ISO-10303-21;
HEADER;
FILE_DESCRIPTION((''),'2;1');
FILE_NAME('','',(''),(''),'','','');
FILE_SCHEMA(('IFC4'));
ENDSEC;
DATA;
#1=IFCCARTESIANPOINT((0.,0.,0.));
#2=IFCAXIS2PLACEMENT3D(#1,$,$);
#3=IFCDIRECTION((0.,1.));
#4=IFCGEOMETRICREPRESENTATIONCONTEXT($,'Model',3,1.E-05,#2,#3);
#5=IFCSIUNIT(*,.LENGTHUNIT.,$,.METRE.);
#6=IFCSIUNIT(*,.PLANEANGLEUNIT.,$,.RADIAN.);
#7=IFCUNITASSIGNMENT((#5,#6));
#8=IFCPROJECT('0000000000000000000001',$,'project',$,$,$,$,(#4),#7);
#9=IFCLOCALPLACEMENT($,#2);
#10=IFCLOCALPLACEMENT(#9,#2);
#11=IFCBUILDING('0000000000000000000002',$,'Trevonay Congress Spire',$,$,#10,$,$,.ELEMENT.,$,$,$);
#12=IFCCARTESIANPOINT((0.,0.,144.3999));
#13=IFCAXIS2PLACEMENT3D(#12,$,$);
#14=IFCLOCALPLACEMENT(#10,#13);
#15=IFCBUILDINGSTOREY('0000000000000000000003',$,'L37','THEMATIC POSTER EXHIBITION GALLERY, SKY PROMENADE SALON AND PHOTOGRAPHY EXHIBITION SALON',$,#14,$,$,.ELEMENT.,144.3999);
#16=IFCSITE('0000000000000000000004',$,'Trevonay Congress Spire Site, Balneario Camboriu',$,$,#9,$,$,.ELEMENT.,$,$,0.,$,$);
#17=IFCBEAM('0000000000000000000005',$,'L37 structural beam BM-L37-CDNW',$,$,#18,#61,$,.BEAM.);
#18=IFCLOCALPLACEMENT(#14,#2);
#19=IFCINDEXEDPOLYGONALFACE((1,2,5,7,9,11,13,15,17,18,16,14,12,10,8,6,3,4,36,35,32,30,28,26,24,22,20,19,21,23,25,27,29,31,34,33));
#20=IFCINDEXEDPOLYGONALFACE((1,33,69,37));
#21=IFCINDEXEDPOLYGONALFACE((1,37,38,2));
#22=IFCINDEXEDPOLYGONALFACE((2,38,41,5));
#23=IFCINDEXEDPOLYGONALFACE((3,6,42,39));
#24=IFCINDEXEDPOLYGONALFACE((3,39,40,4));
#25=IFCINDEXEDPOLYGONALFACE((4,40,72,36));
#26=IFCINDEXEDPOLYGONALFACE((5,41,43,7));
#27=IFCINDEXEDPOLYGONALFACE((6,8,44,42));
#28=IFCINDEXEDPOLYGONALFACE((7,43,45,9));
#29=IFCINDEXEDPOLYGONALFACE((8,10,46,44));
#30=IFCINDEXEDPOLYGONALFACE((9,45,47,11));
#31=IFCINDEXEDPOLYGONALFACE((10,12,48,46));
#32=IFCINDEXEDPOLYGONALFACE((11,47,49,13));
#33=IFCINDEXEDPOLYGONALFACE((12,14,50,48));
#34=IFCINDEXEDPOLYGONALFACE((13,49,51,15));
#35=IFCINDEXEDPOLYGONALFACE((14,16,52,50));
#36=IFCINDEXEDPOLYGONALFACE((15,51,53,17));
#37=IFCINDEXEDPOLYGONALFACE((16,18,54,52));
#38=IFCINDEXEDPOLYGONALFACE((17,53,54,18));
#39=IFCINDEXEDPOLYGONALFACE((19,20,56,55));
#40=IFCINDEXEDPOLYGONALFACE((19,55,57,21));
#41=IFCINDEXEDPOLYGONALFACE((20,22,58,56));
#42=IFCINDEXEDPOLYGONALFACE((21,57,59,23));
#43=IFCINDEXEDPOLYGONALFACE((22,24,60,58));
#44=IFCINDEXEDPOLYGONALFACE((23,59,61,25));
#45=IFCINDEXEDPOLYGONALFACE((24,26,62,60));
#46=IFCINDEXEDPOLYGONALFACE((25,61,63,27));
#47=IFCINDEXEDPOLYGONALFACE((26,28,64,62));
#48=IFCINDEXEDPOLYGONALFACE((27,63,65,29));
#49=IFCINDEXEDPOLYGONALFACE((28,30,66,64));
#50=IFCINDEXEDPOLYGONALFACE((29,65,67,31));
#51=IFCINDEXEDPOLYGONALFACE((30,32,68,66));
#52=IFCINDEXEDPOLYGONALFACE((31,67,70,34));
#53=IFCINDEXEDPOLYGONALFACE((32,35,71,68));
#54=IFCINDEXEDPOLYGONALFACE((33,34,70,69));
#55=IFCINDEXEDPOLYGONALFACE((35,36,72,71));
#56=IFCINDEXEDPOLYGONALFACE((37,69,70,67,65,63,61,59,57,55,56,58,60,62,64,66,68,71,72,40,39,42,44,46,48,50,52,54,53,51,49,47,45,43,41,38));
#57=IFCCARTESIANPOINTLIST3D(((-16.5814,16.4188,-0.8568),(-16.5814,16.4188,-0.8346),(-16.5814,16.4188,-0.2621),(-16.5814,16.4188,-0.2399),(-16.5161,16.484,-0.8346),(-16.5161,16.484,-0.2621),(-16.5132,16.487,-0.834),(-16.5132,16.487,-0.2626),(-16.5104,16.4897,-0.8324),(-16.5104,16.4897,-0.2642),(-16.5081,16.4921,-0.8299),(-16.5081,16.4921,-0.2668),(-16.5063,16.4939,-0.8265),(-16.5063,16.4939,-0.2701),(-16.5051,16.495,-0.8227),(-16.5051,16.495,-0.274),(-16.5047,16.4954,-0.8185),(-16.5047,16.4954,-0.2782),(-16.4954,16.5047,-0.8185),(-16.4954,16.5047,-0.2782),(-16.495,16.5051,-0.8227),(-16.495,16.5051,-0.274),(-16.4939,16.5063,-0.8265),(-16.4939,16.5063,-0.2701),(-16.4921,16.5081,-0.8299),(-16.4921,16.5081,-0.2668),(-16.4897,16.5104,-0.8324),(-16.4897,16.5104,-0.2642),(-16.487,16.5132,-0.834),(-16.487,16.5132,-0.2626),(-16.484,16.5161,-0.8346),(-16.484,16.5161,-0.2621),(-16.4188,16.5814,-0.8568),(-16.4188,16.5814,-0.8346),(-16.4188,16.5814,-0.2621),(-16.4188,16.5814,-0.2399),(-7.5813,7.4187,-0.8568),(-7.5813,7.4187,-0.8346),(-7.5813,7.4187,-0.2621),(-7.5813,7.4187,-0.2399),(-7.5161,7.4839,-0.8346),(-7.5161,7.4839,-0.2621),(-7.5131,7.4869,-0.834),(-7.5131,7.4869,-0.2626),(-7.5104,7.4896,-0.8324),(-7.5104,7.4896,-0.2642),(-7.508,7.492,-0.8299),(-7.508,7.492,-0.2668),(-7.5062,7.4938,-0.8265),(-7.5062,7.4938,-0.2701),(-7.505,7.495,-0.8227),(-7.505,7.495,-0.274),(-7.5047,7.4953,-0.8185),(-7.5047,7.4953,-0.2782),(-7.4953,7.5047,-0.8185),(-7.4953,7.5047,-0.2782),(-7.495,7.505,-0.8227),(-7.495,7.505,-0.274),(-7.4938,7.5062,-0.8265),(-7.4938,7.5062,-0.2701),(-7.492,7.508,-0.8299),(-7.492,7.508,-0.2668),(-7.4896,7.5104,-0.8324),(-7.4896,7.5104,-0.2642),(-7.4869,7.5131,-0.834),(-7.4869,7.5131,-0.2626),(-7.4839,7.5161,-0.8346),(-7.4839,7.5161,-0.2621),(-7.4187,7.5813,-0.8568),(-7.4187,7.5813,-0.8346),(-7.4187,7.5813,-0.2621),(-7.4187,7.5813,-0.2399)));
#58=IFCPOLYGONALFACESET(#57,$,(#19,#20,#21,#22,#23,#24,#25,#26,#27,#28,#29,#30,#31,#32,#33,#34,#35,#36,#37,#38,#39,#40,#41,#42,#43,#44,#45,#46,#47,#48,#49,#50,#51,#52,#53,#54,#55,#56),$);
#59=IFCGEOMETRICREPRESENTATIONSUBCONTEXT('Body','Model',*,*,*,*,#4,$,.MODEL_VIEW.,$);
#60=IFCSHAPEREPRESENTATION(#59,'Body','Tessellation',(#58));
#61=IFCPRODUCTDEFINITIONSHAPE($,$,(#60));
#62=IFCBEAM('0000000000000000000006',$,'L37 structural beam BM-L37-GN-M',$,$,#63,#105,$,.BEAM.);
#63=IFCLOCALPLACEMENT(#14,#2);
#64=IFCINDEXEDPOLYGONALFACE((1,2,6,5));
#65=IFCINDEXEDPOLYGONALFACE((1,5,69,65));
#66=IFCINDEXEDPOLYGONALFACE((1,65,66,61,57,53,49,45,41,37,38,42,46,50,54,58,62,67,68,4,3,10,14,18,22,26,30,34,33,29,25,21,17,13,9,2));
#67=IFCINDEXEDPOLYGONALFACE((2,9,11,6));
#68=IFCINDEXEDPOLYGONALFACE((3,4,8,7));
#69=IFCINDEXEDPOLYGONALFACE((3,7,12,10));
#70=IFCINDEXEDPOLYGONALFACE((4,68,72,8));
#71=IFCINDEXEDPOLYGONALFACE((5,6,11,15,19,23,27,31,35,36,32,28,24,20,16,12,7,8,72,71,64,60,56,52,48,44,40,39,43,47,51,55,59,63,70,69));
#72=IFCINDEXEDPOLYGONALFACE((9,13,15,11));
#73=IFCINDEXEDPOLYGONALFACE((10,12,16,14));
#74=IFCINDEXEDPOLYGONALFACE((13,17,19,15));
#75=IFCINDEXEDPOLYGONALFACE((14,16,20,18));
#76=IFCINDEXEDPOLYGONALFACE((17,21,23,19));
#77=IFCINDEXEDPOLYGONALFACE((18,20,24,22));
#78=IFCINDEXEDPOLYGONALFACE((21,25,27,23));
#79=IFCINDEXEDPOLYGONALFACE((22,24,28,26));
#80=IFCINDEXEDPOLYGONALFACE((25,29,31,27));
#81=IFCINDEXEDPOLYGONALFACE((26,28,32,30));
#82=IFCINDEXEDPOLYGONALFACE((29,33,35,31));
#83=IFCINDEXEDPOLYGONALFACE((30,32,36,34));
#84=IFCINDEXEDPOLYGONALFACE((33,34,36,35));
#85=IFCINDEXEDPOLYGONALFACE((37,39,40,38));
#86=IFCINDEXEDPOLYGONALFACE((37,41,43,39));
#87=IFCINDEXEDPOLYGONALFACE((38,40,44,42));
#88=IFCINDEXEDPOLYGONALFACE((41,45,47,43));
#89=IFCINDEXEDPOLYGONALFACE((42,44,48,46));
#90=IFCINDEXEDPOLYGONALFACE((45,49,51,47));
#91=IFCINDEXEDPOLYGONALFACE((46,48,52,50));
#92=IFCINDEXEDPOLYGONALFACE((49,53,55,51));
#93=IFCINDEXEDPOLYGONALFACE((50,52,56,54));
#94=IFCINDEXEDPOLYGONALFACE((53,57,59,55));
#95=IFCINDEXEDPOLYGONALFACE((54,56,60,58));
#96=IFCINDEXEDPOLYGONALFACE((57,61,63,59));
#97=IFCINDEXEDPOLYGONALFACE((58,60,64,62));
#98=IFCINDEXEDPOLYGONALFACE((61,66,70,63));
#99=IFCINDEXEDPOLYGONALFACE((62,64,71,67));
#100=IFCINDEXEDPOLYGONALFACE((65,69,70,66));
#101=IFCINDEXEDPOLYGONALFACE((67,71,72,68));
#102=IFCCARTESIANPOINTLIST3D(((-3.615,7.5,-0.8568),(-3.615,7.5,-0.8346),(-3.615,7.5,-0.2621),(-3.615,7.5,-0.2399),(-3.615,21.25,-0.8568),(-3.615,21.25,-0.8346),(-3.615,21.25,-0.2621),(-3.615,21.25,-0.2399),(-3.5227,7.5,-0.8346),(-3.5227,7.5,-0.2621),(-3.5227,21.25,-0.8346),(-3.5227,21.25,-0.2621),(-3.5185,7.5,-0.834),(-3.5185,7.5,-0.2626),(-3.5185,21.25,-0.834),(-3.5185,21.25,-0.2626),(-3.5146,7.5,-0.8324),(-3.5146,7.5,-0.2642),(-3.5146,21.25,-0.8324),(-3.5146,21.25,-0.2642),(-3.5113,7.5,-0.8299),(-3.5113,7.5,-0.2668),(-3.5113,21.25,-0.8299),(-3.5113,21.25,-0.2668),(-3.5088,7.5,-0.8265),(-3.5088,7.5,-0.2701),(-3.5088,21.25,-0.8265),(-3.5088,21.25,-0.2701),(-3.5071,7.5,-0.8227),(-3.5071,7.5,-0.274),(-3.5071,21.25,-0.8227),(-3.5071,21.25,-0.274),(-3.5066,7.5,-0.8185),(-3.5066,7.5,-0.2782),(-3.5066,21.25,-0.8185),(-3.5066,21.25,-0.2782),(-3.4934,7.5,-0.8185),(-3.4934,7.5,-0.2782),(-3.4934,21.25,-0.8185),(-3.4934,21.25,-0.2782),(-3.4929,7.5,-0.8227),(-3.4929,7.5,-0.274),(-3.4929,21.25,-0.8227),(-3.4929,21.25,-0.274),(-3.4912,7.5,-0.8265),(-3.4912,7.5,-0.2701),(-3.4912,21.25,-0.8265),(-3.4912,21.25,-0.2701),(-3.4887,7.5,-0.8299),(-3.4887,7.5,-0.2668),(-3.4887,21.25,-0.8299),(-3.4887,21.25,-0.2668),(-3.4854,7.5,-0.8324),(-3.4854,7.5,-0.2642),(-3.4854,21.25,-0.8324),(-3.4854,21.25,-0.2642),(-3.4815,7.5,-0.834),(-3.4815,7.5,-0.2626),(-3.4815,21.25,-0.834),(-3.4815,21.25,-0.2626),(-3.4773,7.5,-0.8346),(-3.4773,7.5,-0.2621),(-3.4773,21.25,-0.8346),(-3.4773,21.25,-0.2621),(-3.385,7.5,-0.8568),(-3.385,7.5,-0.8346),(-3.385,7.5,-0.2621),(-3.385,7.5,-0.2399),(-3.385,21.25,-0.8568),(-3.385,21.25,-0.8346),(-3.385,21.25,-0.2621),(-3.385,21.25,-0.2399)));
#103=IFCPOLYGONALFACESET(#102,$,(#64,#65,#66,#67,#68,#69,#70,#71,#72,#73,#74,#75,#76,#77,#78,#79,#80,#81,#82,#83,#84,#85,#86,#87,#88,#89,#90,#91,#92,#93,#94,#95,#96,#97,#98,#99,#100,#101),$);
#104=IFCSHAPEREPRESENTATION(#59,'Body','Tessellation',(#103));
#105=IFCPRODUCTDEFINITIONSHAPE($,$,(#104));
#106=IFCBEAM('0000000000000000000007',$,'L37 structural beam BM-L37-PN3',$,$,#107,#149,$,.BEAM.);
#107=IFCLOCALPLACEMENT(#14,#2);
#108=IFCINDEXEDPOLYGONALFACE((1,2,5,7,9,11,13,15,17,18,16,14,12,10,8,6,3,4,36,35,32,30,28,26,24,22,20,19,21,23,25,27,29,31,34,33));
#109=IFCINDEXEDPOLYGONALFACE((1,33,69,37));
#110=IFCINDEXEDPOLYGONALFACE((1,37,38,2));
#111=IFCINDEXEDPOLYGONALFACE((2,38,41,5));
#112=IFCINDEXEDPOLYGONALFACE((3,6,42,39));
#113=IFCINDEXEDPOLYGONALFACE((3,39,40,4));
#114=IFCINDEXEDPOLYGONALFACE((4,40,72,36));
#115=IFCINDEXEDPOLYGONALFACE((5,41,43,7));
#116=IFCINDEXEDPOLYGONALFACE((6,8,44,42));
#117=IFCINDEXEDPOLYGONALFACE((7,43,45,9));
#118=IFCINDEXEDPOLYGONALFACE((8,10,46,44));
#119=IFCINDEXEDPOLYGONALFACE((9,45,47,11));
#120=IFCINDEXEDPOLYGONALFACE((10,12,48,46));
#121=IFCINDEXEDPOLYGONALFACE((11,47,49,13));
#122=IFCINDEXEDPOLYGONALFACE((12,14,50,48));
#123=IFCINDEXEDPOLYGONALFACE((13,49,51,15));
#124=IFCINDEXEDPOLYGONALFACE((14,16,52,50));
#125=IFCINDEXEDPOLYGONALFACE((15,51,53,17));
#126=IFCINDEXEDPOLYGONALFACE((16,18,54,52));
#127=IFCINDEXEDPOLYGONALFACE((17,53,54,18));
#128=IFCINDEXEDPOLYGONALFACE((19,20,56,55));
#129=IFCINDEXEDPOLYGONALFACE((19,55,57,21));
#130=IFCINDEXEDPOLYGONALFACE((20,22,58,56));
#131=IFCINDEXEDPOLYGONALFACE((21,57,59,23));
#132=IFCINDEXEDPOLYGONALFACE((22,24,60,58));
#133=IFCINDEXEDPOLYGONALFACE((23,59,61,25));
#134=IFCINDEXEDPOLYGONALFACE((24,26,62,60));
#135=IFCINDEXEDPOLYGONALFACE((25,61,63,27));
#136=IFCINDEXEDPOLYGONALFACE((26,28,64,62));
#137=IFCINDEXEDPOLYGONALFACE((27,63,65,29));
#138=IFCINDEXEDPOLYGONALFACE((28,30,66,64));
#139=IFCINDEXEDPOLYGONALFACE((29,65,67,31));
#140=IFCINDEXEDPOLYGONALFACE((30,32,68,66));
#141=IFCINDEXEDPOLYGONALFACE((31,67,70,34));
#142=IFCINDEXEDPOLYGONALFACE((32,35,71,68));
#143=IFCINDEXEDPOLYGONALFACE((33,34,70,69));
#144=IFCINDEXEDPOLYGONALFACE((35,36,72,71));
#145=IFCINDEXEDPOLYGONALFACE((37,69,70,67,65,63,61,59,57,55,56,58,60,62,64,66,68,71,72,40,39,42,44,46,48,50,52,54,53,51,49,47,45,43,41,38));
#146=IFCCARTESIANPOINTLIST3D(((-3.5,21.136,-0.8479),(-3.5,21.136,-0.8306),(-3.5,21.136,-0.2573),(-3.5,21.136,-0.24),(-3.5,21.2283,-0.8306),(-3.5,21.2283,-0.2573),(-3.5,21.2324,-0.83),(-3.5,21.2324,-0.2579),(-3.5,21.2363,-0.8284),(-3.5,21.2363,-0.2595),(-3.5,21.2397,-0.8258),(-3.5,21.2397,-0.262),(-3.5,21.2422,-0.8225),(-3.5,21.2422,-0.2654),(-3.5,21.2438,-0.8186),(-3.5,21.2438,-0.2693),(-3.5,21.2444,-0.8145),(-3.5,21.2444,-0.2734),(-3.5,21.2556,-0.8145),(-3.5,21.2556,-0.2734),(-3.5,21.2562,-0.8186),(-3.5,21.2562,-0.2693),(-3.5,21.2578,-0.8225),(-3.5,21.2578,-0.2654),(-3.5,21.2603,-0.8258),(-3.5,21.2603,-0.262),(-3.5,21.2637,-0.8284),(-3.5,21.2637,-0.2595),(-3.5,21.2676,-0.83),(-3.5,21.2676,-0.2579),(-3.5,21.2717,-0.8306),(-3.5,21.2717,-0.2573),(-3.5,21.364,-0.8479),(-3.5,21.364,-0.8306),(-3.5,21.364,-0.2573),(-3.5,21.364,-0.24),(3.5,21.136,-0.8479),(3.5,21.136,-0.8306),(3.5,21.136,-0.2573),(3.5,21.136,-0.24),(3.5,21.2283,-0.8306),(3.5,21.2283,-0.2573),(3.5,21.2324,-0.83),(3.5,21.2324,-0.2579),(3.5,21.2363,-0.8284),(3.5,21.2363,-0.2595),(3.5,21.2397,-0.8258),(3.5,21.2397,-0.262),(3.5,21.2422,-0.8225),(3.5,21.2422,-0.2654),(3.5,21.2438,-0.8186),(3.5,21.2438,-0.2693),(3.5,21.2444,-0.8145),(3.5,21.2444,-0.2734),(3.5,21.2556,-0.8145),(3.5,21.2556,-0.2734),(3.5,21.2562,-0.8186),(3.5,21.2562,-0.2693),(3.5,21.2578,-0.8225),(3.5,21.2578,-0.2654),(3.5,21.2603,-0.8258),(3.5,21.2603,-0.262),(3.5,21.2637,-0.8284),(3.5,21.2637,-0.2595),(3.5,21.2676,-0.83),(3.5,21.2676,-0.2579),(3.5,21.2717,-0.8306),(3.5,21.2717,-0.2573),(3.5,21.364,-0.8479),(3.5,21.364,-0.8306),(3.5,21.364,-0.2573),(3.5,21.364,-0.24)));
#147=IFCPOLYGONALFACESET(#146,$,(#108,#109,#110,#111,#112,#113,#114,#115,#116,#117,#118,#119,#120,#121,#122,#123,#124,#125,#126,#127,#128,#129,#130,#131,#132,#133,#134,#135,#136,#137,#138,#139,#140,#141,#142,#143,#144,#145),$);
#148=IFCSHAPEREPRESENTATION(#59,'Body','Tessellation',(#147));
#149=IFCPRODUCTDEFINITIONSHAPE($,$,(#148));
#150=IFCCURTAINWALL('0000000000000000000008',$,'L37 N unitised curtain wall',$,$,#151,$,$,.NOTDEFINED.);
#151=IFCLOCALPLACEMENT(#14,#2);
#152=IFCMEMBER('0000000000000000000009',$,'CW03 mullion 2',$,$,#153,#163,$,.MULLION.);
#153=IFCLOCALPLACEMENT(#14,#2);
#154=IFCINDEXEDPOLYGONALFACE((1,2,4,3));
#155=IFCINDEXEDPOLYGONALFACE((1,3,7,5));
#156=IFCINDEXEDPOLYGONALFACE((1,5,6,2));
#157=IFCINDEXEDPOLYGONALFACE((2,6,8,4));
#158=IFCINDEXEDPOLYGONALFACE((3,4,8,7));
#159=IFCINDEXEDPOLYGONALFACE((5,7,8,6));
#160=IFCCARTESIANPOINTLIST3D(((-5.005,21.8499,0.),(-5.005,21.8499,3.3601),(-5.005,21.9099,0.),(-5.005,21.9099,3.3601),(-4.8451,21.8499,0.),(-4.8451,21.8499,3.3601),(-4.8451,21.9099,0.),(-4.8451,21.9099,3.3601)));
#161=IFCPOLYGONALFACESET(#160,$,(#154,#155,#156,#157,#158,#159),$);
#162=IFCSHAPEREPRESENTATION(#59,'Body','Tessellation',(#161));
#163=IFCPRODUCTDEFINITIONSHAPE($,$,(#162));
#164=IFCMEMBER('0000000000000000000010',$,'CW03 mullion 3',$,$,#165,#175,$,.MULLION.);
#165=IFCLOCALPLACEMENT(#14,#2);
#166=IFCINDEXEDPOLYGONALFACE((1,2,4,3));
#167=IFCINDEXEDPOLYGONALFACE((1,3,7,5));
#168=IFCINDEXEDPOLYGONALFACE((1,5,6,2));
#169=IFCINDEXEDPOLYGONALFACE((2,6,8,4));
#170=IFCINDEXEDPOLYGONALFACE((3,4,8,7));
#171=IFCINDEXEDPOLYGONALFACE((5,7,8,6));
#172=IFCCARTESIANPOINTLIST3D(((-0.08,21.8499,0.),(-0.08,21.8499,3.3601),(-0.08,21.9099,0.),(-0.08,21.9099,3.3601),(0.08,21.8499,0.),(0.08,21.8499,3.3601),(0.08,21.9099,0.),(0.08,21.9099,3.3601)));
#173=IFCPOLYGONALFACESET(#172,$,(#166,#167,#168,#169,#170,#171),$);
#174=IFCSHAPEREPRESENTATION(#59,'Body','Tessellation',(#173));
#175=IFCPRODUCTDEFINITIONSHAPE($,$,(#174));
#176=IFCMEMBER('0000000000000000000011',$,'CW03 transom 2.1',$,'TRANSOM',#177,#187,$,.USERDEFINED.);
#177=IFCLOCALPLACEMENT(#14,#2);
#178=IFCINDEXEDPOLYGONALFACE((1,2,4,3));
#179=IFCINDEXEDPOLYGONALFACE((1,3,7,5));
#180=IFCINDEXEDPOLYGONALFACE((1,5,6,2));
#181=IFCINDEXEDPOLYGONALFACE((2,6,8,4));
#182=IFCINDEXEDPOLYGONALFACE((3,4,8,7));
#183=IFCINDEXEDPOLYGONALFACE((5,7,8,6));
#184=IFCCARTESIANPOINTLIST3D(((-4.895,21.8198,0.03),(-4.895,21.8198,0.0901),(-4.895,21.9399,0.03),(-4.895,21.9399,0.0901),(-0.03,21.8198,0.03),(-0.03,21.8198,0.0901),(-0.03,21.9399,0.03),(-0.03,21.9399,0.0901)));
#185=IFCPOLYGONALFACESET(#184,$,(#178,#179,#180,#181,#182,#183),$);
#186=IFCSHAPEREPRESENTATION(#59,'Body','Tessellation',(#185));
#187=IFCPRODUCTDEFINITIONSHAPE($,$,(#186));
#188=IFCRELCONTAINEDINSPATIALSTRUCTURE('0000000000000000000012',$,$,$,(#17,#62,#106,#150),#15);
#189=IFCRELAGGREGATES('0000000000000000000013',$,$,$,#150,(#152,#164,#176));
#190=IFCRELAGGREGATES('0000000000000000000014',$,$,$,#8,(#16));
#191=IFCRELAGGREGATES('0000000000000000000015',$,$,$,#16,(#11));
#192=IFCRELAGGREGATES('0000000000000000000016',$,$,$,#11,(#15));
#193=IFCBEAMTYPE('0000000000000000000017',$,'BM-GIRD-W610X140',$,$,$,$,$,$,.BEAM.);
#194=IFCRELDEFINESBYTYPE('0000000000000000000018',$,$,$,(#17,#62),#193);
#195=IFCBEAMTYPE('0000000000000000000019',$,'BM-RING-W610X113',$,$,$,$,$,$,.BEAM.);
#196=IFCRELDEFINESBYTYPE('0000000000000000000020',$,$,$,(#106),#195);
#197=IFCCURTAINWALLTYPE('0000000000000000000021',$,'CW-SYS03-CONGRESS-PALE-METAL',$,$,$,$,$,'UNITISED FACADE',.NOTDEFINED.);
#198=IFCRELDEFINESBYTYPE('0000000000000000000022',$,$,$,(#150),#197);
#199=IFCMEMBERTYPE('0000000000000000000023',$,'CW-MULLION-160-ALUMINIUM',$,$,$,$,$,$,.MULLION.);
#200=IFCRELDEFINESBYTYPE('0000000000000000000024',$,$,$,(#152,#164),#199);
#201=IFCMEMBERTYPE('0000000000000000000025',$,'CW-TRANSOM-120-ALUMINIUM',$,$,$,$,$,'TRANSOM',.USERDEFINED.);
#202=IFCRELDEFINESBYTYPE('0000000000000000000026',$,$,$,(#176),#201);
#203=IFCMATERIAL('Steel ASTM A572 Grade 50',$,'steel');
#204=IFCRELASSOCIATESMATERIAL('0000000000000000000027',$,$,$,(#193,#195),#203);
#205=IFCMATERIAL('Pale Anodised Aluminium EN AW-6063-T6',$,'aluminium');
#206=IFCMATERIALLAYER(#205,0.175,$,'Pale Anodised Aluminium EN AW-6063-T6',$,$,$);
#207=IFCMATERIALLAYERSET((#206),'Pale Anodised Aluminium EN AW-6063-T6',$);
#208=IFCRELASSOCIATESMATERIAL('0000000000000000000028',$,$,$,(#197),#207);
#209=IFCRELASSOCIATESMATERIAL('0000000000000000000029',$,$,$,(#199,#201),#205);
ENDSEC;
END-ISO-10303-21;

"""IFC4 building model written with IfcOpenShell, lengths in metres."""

from ifc_helpers import new_model, si_unit, direction, frame, origin, origin_2d, place, context, subcontext, project, spatial, rectangle, i_section, extrude, material, layer, layer_set, material_profile, profile_set, type_object, element, aggregate, save


model = new_model("IFC4")

# Units and contexts
model_context = context("Model", 3, precision=1e-05, world=origin(), true_north=direction((0.0, 1.0)))
body_context = subcontext(model_context, "Body", "Model", "MODEL_VIEW")
ifc_project = project(units=[si_unit("LENGTHUNIT", "METRE"), si_unit("PLANEANGLEUNIT", "RADIAN")], contexts=[model_context])

# Site, building, storey
site_placement = place(None, origin())
site = spatial("IfcSite", under=ifc_project, at=site_placement, Name="Trevonay Congress Spire Site, Balneario Camboriu", CompositionType="ELEMENT", RefElevation=0.0)
building_placement = place(site_placement, origin())
building = spatial("IfcBuilding", under=site, at=building_placement, Name="Trevonay Congress Spire", CompositionType="ELEMENT")
storey_placement = place(building_placement, frame((0.0, 0.0, 144.3999)))
storey = spatial("IfcBuildingStorey", under=building, at=storey_placement, Name="L37", Description="THEMATIC POSTER EXHIBITION GALLERY, SKY PROMENADE SALON AND PHOTOGRAPHY EXHIBITION SALON", CompositionType="ELEMENT", Elevation=144.3999)

# Shared definitions
ifc_material_1 = material(Name="Steel ASTM A572 Grade 50", Category="steel")

# Beams
ifc_material_profile_1 = material_profile(ifc_material_1, i_section(OverallWidth=0.23, OverallDepth=0.6169, WebThickness=0.0132, FlangeThickness=0.0222, FilletRadius=0.0161, at=origin_2d()), Name="W610x140")
ifc_profile_set_1 = profile_set([ifc_material_profile_1], Name="Steel ASTM A572 Grade 50")
beam_type_1 = type_object("IfcBeamType", Name="BM-GIRD-W610X140", PredefinedType="BEAM", material=ifc_profile_set_1)
beam_1_placement = place(storey_placement, frame((-7.5, 7.5, -0.5483), z_axis=(-0.707107, 0.707107, 0.0), x_axis=(-0.707107, -0.707107, 0.0)))
element("IfcBeam", 1, at=beam_1_placement, inside=storey, type_object=beam_type_1, Name="L37 structural beam BM-L37-CDNW", PredefinedType="BEAM", context=body_context, shape_type="SweptSolid", body=[
    extrude(i_section(OverallWidth=0.23, OverallDepth=0.6169, WebThickness=0.0132, FlangeThickness=0.0222, FilletRadius=0.0161, at=origin_2d()), origin(), (0.0, 0.0, 1.0), 12.728),
])
beam_2_placement = place(storey_placement, frame((-3.5, 7.5, -0.5483), z_axis=(0.0, 1.0, 0.0), x_axis=(-1.0, 0.0, 0.0)))
element("IfcBeam", 2, at=beam_2_placement, inside=storey, type_object=beam_type_1, Name="L37 structural beam BM-L37-GN-M", PredefinedType="BEAM", context=body_context, shape_type="SweptSolid", body=[
    extrude(i_section(OverallWidth=0.23, OverallDepth=0.6169, WebThickness=0.0132, FlangeThickness=0.0222, FilletRadius=0.0161, at=origin_2d()), origin(), (0.0, 0.0, 1.0), 13.75),
])
ifc_material_profile_2 = material_profile(ifc_material_1, i_section(OverallWidth=0.228, OverallDepth=0.6079, WebThickness=0.0112, FlangeThickness=0.0173, FilletRadius=0.0161, at=origin_2d()), Name="W610x113")
ifc_profile_set_2 = profile_set([ifc_material_profile_2], Name="Steel ASTM A572 Grade 50")
beam_type_2 = type_object("IfcBeamType", Name="BM-RING-W610X113", PredefinedType="BEAM", material=ifc_profile_set_2)
beam_3_placement = place(storey_placement, frame((-3.5, 21.25, -0.5439), z_axis=(1.0, 0.0, 0.0), x_axis=(0.0, 1.0, 0.0)))
element("IfcBeam", 3, at=beam_3_placement, inside=storey, type_object=beam_type_2, Name="L37 structural beam BM-L37-PN3", PredefinedType="BEAM", context=body_context, shape_type="SweptSolid", body=[
    extrude(i_section(OverallWidth=0.228, OverallDepth=0.6079, WebThickness=0.0112, FlangeThickness=0.0173, FilletRadius=0.0161, at=origin_2d()), origin(), (0.0, 0.0, 1.0), 7.0),
])

# Curtain wall, members
ifc_material_2 = material(Name="Pale Anodised Aluminium EN AW-6063-T6", Category="aluminium")
ifc_layer_1 = layer(ifc_material_2, 0.175, Name="Pale Anodised Aluminium EN AW-6063-T6")
ifc_layer_set_1 = layer_set([ifc_layer_1], Name="Pale Anodised Aluminium EN AW-6063-T6")
curtain_wall_type = type_object("IfcCurtainWallType", Name="CW-SYS03-CONGRESS-PALE-METAL", ElementType="UNITISED FACADE", PredefinedType="NOTDEFINED", material=ifc_layer_set_1)
curtain_wall_placement = place(storey_placement, origin())
curtain_wall = element("IfcCurtainWall", 4, at=curtain_wall_placement, inside=storey, type_object=curtain_wall_type, Name="L37 N unitised curtain wall", PredefinedType="NOTDEFINED")
ifc_material_profile_3 = material_profile(ifc_material_2, rectangle(XDim=0.0601, YDim=0.1599, at=origin_2d()), Name="CW-MULLION-160-ALUMINIUM")
ifc_profile_set_3 = profile_set([ifc_material_profile_3], Name="Pale Anodised Aluminium EN AW-6063-T6")
member_type_1 = type_object("IfcMemberType", Name="CW-MULLION-160-ALUMINIUM", PredefinedType="MULLION", material=ifc_profile_set_3)
member_1_placement = place(storey_placement, frame((-4.925, 21.8799, 0.0), z_axis=(0.0, 0.0, 1.0), x_axis=(0.0, 1.0, 0.0)))
member_1 = element("IfcMember", 5, at=member_1_placement, type_object=member_type_1, Name="CW03 mullion 2", PredefinedType="MULLION", context=body_context, shape_type="SweptSolid", body=[
    extrude(rectangle(XDim=0.0601, YDim=0.1599, at=origin_2d()), origin(), (0.0, 0.0, 1.0), 3.3601),
])
member_2_placement = place(storey_placement, frame((0.0, 21.8799, 0.0), z_axis=(0.0, 0.0, 1.0), x_axis=(0.0, 1.0, 0.0)))
member_2 = element("IfcMember", 6, at=member_2_placement, type_object=member_type_1, Name="CW03 mullion 3", PredefinedType="MULLION", context=body_context, shape_type="SweptSolid", body=[
    extrude(rectangle(XDim=0.0601, YDim=0.1599, at=origin_2d()), origin(), (0.0, 0.0, 1.0), 3.3601),
])
ifc_material_profile_4 = material_profile(ifc_material_2, rectangle(XDim=0.1201, YDim=0.0601, at=origin_2d()), Name="CW-TRANSOM-120-ALUMINIUM")
ifc_profile_set_4 = profile_set([ifc_material_profile_4], Name="Pale Anodised Aluminium EN AW-6063-T6")
member_type_2 = type_object("IfcMemberType", Name="CW-TRANSOM-120-ALUMINIUM", ElementType="TRANSOM", PredefinedType="USERDEFINED", material=ifc_profile_set_4)
member_3_placement = place(storey_placement, frame((-4.895, 21.8799, 0.0601), z_axis=(1.0, 0.0, 0.0), x_axis=(0.0, 1.0, 0.0)))
member_3 = element("IfcMember", 7, at=member_3_placement, type_object=member_type_2, Name="CW03 transom 2.1", ObjectType="TRANSOM", PredefinedType="USERDEFINED", context=body_context, shape_type="SweptSolid", body=[
    extrude(rectangle(XDim=0.1201, YDim=0.0601, at=origin_2d()), origin(), (0.0, 0.0, 1.0), 4.865),
])
aggregate(curtain_wall, [member_1, member_2, member_3])

save(model, "model.ifc")
